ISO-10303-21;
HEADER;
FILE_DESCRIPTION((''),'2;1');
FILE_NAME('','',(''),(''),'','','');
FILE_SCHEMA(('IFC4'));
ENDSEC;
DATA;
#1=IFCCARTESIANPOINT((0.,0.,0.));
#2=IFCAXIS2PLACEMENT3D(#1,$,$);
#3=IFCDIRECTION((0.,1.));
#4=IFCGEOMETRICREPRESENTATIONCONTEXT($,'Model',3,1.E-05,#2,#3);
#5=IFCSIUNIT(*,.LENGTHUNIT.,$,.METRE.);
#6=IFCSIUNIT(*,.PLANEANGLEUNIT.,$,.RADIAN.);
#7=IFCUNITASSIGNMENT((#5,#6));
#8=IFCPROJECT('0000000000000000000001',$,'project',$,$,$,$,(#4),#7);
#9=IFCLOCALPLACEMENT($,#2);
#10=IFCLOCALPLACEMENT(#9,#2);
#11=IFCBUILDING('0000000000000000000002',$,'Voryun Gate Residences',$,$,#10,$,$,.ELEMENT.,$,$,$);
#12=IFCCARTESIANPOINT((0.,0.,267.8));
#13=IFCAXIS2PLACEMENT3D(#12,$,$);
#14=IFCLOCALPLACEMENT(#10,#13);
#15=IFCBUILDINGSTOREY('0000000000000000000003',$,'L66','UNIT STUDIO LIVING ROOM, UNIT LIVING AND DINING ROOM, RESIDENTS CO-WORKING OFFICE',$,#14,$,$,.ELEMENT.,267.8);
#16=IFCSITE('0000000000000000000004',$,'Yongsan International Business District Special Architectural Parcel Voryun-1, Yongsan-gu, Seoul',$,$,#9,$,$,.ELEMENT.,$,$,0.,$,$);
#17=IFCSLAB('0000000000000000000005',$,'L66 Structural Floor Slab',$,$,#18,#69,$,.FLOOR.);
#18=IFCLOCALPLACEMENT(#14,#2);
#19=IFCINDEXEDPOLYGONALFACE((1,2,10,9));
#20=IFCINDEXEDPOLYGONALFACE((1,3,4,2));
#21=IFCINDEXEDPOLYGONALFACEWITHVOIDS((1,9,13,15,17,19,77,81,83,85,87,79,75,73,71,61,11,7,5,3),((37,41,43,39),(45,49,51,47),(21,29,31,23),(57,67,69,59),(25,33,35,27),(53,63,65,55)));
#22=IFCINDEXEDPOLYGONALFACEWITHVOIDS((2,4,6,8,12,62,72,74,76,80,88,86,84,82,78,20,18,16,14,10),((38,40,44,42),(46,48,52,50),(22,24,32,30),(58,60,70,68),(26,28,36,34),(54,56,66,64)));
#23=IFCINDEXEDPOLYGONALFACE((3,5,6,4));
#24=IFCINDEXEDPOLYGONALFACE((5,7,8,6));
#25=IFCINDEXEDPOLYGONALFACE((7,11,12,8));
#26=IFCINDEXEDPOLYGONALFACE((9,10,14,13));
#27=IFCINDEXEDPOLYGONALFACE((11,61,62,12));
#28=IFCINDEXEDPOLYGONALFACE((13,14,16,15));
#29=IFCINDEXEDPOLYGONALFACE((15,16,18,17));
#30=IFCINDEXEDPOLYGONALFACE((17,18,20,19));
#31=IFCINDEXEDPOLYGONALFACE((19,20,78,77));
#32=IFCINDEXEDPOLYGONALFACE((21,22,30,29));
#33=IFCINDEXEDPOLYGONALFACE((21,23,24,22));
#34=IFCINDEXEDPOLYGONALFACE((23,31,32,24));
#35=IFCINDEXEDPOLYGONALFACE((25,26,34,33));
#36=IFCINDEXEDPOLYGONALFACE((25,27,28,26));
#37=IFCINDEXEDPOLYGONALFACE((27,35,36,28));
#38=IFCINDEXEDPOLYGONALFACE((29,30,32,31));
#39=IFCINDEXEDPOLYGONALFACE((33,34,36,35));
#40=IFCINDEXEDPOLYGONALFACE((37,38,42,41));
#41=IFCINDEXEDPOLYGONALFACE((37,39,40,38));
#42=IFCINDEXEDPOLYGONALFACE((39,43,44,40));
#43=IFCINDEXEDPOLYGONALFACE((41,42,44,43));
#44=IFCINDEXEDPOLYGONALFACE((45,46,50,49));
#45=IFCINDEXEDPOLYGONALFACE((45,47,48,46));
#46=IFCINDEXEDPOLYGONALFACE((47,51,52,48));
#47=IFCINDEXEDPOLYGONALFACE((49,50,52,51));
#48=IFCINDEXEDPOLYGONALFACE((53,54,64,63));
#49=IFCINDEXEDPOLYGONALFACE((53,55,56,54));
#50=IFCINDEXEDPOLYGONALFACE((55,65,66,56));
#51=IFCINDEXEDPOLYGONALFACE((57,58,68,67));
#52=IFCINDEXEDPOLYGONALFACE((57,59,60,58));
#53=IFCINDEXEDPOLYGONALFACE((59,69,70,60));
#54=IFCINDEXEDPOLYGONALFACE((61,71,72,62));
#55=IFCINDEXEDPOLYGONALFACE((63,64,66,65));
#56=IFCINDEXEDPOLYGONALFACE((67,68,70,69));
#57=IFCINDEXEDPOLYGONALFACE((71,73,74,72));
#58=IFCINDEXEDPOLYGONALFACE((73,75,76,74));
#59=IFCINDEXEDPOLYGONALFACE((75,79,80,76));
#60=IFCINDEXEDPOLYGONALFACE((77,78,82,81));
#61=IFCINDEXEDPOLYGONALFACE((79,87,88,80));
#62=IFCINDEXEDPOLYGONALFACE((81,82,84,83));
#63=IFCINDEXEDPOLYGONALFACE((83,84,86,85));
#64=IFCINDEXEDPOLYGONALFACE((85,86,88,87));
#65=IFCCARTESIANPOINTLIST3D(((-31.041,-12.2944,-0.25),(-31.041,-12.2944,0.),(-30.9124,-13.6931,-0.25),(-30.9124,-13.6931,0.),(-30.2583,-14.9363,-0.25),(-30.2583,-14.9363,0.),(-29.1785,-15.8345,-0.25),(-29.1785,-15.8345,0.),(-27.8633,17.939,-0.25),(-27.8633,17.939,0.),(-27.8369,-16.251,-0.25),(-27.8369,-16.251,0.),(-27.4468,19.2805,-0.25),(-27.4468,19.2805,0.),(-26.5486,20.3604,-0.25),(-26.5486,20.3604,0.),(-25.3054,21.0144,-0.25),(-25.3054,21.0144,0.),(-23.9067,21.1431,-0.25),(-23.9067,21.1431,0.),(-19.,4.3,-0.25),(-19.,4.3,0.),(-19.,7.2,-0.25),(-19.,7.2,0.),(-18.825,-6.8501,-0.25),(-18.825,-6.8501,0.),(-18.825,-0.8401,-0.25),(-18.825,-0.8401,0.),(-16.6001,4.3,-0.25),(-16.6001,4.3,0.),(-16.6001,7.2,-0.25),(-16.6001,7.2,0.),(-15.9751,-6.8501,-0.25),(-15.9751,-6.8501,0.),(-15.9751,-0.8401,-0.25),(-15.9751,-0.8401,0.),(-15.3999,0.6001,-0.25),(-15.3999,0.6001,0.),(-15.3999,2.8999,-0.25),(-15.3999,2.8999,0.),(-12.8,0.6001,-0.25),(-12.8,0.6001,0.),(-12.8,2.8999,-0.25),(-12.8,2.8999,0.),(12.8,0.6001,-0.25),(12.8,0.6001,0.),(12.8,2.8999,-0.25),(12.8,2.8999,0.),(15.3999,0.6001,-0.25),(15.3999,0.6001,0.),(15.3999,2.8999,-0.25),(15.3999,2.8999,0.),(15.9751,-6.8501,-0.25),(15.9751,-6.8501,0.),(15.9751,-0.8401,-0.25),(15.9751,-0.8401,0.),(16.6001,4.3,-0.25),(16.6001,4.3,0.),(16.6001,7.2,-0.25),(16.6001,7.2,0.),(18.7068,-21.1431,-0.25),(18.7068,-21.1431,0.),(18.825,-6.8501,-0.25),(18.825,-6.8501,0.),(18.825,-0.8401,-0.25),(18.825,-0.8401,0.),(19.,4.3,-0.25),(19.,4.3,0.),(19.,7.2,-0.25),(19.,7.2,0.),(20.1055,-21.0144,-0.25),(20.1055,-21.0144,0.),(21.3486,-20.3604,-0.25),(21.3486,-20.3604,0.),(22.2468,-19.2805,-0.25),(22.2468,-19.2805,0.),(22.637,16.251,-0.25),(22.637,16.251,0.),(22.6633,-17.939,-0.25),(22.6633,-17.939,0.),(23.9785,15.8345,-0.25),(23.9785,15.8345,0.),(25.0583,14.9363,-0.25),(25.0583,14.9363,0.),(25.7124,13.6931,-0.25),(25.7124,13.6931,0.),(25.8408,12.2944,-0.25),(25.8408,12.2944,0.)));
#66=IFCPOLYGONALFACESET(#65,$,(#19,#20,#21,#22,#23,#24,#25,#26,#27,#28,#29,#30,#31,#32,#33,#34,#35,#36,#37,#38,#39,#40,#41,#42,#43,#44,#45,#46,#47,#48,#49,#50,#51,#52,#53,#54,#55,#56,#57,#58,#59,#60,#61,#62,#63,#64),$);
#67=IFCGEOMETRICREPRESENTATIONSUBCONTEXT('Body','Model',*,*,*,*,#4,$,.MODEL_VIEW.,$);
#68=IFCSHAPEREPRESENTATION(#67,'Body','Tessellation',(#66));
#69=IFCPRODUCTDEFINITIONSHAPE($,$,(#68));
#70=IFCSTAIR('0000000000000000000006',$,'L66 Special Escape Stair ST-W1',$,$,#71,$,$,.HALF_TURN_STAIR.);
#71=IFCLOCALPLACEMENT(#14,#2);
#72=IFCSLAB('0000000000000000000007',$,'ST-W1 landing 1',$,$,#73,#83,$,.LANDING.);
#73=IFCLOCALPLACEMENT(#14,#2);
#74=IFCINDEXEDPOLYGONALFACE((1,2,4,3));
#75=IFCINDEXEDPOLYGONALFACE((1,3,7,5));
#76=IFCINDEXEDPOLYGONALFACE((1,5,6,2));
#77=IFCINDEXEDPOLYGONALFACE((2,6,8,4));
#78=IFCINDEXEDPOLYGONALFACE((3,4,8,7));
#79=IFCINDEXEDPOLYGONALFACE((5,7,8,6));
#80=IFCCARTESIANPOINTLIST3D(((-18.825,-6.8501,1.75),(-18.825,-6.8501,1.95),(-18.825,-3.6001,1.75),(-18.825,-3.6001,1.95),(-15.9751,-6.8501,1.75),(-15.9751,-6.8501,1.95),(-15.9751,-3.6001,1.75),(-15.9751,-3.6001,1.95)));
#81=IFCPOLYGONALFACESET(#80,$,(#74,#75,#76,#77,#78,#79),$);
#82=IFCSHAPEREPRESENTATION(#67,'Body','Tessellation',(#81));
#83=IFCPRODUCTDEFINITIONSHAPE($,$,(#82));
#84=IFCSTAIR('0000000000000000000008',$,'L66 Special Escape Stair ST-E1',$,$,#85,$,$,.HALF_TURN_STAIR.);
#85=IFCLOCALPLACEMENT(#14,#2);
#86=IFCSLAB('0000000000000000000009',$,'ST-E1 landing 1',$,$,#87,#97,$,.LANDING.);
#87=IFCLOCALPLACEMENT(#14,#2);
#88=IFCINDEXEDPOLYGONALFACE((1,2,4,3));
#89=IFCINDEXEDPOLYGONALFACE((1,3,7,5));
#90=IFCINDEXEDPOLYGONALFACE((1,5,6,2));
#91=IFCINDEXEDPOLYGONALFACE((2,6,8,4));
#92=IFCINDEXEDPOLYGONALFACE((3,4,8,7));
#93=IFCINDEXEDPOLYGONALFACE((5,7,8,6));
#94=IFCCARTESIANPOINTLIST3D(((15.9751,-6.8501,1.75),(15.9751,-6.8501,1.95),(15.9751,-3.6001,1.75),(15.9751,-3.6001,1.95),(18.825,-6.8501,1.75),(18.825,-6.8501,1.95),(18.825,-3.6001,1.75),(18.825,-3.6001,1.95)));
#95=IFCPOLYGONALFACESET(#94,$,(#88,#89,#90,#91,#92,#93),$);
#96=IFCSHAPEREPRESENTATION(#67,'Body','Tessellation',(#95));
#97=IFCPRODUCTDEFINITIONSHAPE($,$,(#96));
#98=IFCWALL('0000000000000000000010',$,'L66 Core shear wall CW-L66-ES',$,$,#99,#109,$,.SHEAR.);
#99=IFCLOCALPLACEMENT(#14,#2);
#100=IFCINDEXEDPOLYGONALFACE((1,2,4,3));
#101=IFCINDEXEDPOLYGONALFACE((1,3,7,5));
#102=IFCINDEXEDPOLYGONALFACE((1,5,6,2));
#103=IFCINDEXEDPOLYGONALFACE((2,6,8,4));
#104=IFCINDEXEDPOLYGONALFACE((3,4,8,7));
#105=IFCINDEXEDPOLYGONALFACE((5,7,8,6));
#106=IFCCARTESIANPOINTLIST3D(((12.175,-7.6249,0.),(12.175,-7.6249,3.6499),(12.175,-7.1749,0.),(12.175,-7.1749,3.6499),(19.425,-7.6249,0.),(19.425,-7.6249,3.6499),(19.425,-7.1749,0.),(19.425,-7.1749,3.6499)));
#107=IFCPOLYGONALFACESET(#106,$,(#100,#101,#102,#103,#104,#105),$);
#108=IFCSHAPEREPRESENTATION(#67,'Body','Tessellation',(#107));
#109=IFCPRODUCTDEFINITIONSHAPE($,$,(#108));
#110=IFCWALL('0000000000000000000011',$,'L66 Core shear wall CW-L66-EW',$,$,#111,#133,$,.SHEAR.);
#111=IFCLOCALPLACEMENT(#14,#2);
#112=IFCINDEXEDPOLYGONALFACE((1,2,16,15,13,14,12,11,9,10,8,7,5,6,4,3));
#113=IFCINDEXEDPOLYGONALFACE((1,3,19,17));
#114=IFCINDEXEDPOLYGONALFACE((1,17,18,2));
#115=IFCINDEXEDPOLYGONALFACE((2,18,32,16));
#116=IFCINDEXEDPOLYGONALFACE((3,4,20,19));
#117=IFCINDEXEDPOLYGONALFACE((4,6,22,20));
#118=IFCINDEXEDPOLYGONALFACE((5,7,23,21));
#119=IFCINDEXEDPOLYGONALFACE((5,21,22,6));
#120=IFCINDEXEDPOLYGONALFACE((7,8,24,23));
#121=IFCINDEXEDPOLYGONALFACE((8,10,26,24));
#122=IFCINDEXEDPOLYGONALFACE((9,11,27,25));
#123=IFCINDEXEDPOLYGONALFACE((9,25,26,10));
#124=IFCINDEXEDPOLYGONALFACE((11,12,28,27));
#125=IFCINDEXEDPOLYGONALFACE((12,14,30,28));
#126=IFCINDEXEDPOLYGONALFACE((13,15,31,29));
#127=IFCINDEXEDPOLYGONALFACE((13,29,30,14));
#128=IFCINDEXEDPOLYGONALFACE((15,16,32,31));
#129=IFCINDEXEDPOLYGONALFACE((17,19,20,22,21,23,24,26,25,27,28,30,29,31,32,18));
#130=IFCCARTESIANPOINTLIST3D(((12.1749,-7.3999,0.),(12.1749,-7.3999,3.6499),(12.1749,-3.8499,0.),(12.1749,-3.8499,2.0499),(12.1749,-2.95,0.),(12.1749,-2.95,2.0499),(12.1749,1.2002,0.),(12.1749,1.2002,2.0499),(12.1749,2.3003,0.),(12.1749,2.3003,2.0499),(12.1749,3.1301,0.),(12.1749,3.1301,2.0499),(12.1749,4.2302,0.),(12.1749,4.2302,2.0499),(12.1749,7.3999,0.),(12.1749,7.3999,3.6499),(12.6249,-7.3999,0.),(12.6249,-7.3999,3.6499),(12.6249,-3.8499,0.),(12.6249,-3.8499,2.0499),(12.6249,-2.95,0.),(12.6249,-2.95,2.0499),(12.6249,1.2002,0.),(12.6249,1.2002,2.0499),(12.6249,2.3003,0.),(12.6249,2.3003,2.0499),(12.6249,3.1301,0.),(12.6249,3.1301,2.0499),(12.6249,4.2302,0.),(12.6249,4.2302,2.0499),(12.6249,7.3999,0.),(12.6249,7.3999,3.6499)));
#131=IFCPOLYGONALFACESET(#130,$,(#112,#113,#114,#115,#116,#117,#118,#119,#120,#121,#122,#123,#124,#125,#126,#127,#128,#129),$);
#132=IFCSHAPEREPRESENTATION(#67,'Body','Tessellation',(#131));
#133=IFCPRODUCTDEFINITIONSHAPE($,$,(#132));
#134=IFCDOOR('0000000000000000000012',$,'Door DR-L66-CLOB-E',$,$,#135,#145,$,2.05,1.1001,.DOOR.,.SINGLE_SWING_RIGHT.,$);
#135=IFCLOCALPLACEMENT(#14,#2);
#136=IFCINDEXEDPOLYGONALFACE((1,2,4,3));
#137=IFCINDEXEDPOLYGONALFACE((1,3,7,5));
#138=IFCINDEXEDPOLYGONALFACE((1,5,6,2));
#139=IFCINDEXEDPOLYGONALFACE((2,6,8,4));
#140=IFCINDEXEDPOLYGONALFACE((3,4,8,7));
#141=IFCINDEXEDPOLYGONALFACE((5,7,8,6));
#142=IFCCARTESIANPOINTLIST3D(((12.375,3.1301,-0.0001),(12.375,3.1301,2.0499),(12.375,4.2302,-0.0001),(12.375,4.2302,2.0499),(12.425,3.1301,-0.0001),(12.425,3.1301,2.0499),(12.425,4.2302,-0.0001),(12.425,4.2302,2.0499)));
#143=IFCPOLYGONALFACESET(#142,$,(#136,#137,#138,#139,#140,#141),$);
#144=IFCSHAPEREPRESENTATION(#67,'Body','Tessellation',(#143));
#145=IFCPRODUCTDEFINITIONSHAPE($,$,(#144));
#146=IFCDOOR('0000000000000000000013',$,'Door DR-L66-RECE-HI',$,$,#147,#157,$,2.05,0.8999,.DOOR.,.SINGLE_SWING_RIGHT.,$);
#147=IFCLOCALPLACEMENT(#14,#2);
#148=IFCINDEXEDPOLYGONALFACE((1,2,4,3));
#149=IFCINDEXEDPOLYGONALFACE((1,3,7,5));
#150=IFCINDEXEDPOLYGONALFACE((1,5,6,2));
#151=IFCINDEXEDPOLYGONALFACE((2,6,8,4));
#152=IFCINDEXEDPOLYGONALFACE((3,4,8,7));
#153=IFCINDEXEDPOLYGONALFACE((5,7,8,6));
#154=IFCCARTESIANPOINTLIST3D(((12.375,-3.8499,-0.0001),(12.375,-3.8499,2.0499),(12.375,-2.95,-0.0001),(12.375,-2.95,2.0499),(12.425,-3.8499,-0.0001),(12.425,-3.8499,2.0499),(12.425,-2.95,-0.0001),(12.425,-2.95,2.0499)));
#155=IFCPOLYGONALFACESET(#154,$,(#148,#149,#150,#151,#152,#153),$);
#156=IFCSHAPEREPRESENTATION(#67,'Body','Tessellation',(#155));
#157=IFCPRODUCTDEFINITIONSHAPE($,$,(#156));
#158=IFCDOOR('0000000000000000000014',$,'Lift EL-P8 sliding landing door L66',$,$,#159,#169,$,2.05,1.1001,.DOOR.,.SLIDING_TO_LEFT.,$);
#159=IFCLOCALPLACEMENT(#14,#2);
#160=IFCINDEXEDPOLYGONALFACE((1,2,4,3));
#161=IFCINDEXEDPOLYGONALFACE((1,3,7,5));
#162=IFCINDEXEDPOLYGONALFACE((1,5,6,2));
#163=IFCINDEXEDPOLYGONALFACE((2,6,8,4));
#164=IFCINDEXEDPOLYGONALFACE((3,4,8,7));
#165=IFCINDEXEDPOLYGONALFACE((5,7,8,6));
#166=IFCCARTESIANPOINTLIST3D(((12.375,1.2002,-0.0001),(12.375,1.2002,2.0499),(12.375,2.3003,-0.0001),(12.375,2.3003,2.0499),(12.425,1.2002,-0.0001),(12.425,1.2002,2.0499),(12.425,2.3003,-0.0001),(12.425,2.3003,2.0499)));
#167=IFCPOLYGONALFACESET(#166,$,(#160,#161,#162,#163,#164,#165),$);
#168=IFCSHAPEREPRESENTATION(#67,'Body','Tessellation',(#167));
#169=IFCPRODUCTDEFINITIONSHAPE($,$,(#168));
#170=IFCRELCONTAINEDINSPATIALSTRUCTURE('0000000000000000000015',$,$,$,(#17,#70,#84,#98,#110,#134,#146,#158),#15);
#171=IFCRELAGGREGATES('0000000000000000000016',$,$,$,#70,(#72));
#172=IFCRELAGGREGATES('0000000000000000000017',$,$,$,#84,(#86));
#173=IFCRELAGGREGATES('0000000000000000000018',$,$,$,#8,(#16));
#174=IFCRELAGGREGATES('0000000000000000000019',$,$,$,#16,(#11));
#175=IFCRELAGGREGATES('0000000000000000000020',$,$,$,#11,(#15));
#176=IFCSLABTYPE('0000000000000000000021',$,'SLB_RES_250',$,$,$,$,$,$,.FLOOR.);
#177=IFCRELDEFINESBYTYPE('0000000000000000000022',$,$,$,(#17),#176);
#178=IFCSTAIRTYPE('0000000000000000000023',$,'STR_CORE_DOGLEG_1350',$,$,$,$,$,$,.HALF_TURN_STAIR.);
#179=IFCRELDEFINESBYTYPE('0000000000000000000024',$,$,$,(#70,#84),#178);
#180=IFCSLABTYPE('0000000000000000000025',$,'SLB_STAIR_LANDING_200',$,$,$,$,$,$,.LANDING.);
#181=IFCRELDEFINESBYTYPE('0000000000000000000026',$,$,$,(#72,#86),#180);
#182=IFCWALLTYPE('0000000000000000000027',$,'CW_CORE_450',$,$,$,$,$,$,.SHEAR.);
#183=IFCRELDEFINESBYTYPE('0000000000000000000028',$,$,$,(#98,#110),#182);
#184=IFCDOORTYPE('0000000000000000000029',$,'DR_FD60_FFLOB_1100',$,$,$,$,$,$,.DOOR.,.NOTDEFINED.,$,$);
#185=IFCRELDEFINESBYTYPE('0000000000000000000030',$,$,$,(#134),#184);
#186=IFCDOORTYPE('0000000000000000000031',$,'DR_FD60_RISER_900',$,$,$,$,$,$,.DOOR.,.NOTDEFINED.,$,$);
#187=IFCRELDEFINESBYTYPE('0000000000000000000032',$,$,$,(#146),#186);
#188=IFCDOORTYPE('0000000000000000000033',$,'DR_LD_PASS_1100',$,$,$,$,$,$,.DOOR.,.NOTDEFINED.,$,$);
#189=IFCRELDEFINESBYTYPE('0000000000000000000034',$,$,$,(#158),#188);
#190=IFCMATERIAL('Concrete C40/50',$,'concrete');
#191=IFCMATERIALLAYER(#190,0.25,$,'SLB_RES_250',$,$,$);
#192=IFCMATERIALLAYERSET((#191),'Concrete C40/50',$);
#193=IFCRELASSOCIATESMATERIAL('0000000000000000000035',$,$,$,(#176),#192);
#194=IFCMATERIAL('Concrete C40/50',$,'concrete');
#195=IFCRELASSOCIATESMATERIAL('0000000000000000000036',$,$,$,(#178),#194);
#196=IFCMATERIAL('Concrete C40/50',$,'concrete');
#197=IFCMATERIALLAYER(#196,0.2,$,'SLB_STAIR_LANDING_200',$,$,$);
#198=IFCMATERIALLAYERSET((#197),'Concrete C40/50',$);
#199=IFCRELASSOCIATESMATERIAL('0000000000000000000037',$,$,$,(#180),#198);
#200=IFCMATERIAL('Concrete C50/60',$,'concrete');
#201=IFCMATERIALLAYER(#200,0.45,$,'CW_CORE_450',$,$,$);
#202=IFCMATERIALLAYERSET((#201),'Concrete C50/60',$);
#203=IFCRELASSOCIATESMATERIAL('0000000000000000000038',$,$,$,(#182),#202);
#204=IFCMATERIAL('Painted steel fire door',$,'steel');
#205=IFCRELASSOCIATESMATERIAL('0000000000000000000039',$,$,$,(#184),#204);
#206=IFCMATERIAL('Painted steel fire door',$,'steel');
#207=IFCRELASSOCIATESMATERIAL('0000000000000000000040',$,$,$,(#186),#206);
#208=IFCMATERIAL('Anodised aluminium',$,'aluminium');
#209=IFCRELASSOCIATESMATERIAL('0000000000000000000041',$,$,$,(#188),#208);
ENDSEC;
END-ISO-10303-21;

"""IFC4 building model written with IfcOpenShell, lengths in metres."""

from ifc_helpers import new_model, si_unit, direction, frame, frame_2d, origin, place, context, subcontext, project, spatial, polyline, rectangle, outline, extrude, material, layer, layer_set, type_object, element, fill, aggregate, save


model = new_model("IFC4")

# Units and contexts
model_context = context("Model", 3, precision=1e-05, world=origin(), true_north=direction((0.0, 1.0)))
body_context = subcontext(model_context, "Body", "Model", "MODEL_VIEW")
ifc_project = project(units=[si_unit("LENGTHUNIT", "METRE"), si_unit("PLANEANGLEUNIT", "RADIAN")], contexts=[model_context])

# Site, building, storey
site_placement = place(None, origin())
site = spatial("IfcSite", under=ifc_project, at=site_placement, Name="Yongsan International Business District Special Architectural Parcel Voryun-1, Yongsan-gu, Seoul", CompositionType="ELEMENT", RefElevation=0.0)
building_placement = place(site_placement, origin())
building = spatial("IfcBuilding", under=site, at=building_placement, Name="Voryun Gate Residences", CompositionType="ELEMENT")
storey_placement = place(building_placement, frame((0.0, 0.0, 267.8)))
storey = spatial("IfcBuildingStorey", under=building, at=storey_placement, Name="L66", Description="UNIT STUDIO LIVING ROOM, UNIT LIVING AND DINING ROOM, RESIDENTS CO-WORKING OFFICE", CompositionType="ELEMENT", Elevation=267.8)

# Slab
ifc_material_1 = material(Name="Concrete C40/50", Category="concrete")
ifc_layer_1 = layer(ifc_material_1, 0.25, Name="SLB_RES_250")
ifc_layer_set_1 = layer_set([ifc_layer_1], Name="Concrete C40/50")
slab_type_1 = type_object("IfcSlabType", Name="SLB_RES_250", PredefinedType="FLOOR", material=ifc_layer_set_1)
slab_1_placement = place(storey_placement, frame((0.0, 0.0, -0.25)))
element("IfcSlab", 1, at=slab_1_placement, inside=storey, type_object=slab_type_1, Name="L66 Structural Floor Slab", PredefinedType="FLOOR", context=body_context, shape_type="SweptSolid", body=[
    extrude(outline(polyline([(-27.8369, -16.251), (-29.1785, -15.8345), (-30.2583, -14.9363), (-30.9124, -13.6931), (-31.041, -12.2944), (-27.8633, 17.939), (-27.4468, 19.2805), (-26.5486, 20.3604), (-25.3054, 21.0144), (-23.9067, 21.1431), (22.637, 16.251), (23.9785, 15.8345), (25.0583, 14.9363), (25.7124, 13.6931), (25.8408, 12.2944), (22.6633, -17.939), (22.2468, -19.2805), (21.3486, -20.3604), (20.1055, -21.0144), (18.7068, -21.1431), (-27.8369, -16.251)]), holes=[polyline([(-15.9751, -0.8401), (-18.825, -0.8401), (-18.825, -6.8501), (-15.9751, -6.8501), (-15.9751, -0.8401)]), polyline([(18.825, -6.8501), (18.825, -0.8401), (15.9751, -0.8401), (15.9751, -6.8501), (18.825, -6.8501)]), polyline([(-12.8, 2.8999), (-15.3999, 2.8999), (-15.3999, 0.6001), (-12.8, 0.6001), (-12.8, 2.8999)]), polyline([(12.8, 2.8999), (12.8, 0.6001), (15.3999, 0.6001), (15.3999, 2.8999), (12.8, 2.8999)]), polyline([(-16.6001, 7.2), (-19.0, 7.2), (-19.0, 4.3), (-16.6001, 4.3), (-16.6001, 7.2)]), polyline([(19.0, 7.2), (16.6001, 7.2), (16.6001, 4.3), (19.0, 4.3), (19.0, 7.2)])]), origin(), (0.0, 0.0, 1.0), 0.25),
])

# Stairs, slabs
ifc_material_2 = material(Name="Concrete C40/50", Category="concrete")
stair_type = type_object("IfcStairType", Name="STR_CORE_DOGLEG_1350", PredefinedType="HALF_TURN_STAIR", material=ifc_material_2)
stair_1_placement = place(storey_placement, origin())
stair_1 = element("IfcStair", 2, at=stair_1_placement, inside=storey, type_object=stair_type, Name="L66 Special Escape Stair ST-W1", PredefinedType="HALF_TURN_STAIR")
ifc_material_3 = material(Name="Concrete C40/50", Category="concrete")
ifc_layer_2 = layer(ifc_material_3, 0.2, Name="SLB_STAIR_LANDING_200")
ifc_layer_set_2 = layer_set([ifc_layer_2], Name="Concrete C40/50")
slab_type_2 = type_object("IfcSlabType", Name="SLB_STAIR_LANDING_200", PredefinedType="LANDING", material=ifc_layer_set_2)
slab_2_placement = place(storey_placement, frame((0.0, 0.0, 1.75)))
slab_2 = element("IfcSlab", 3, at=slab_2_placement, type_object=slab_type_2, Name="ST-W1 landing 1", PredefinedType="LANDING", context=body_context, shape_type="SweptSolid", body=[
    extrude(outline(polyline([(-18.825, -3.6001), (-18.825, -6.8501), (-15.9751, -6.8501), (-15.9751, -3.6001), (-18.825, -3.6001)])), origin(), (0.0, 0.0, 1.0), 0.2),
])
aggregate(stair_1, [slab_2])
stair_2_placement = place(storey_placement, origin())
stair_2 = element("IfcStair", 4, at=stair_2_placement, inside=storey, type_object=stair_type, Name="L66 Special Escape Stair ST-E1", PredefinedType="HALF_TURN_STAIR")
slab_3_placement = place(storey_placement, frame((0.0, 0.0, 1.75)))
slab_3 = element("IfcSlab", 5, at=slab_3_placement, type_object=slab_type_2, Name="ST-E1 landing 1", PredefinedType="LANDING", context=body_context, shape_type="SweptSolid", body=[
    extrude(outline(polyline([(15.9751, -3.6001), (15.9751, -6.8501), (18.825, -6.8501), (18.825, -3.6001), (15.9751, -3.6001)])), origin(), (0.0, 0.0, 1.0), 0.2),
])
aggregate(stair_2, [slab_3])

# Wall
ifc_material_4 = material(Name="Concrete C50/60", Category="concrete")
ifc_layer_3 = layer(ifc_material_4, 0.45, Name="CW_CORE_450")
ifc_layer_set_3 = layer_set([ifc_layer_3], Name="Concrete C50/60")
wall_type_1 = type_object("IfcWallType", Name="CW_CORE_450", PredefinedType="SHEAR", material=ifc_layer_set_3)
wall_1_placement = place(storey_placement, frame((12.175, -7.3999, 0.0), z_axis=(0.0, 0.0, 1.0), x_axis=(1.0, 0.0, 0.0)))
element("IfcWall", 6, at=wall_1_placement, inside=storey, type_object=wall_type_1, Name="L66 Core shear wall CW-L66-ES", PredefinedType="SHEAR", context=body_context, shape_type="SweptSolid", body=[
    extrude(rectangle(XDim=7.25, YDim=0.45, at=frame_2d((3.625, 0.0))), origin(), (0.0, 0.0, 1.0), 3.6499),
])

# Wall, openings, doors
wall_2_placement = place(storey_placement, frame((12.3999, -7.3999, 0.0), z_axis=(0.0, 0.0, 1.0), x_axis=(0.0, 1.0, 0.0)))
wall_2 = element("IfcWall", 7, at=wall_2_placement, inside=storey, type_object=wall_type_1, Name="L66 Core shear wall CW-L66-EW", PredefinedType="SHEAR", context=body_context, shape_type="SweptSolid", body=[
    extrude(rectangle(XDim=14.7998, YDim=0.45, at=frame_2d((7.3999, 0.0))), origin(), (0.0, 0.0, 1.0), 3.6499),
])
opening_1_placement = place(wall_2_placement, frame((8.6001, 0.0, 0.0)))
opening_1 = element("IfcOpeningElement", 8, at=opening_1_placement, cuts=wall_2, PredefinedType="OPENING", context=body_context, shape_type="SweptSolid", body=[
    extrude(rectangle(XDim=1.1001, YDim=2.05, at=frame_2d((0.55, 1.0249))), frame((0.0, 0.2351, 0.0), z_axis=(0.0, -1.0, 0.0), x_axis=(1.0, 0.0, 0.0)), (0.0, 0.0, 1.0), 0.47),
])
opening_2_placement = place(wall_2_placement, frame((10.53, 0.0, 0.0)))
opening_2 = element("IfcOpeningElement", 9, at=opening_2_placement, cuts=wall_2, PredefinedType="OPENING", context=body_context, shape_type="SweptSolid", body=[
    extrude(rectangle(XDim=1.1001, YDim=2.05, at=frame_2d((0.55, 1.0249))), frame((0.0, 0.2351, 0.0), z_axis=(0.0, -1.0, 0.0), x_axis=(1.0, 0.0, 0.0)), (0.0, 0.0, 1.0), 0.47),
])
opening_3_placement = place(wall_2_placement, frame((3.55, 0.0, 0.0)))
opening_3 = element("IfcOpeningElement", 10, at=opening_3_placement, cuts=wall_2, PredefinedType="OPENING", context=body_context, shape_type="SweptSolid", body=[
    extrude(rectangle(XDim=0.8999, YDim=2.05, at=frame_2d((0.45, 1.0249))), frame((0.0, 0.2351, 0.0), z_axis=(0.0, -1.0, 0.0), x_axis=(1.0, 0.0, 0.0)), (0.0, 0.0, 1.0), 0.47),
])
ifc_material_5 = material(Name="Painted steel fire door", Category="steel")
door_type_1 = type_object("IfcDoorType", Name="DR_FD60_FFLOB_1100", OperationType="NOTDEFINED", PredefinedType="DOOR", material=ifc_material_5)
door_1_placement = place(opening_2_placement, origin())
door_1 = element("IfcDoor", 11, at=door_1_placement, inside=storey, type_object=door_type_1, Name="Door DR-L66-CLOB-E", OperationType="SINGLE_SWING_RIGHT", OverallHeight=2.05, OverallWidth=1.1001, PredefinedType="DOOR", context=body_context, shape_type="SweptSolid", body=[
    extrude(rectangle(XDim=1.1001, YDim=2.05, at=frame_2d((0.55, 1.0249))), frame((0.0, 0.0249, 0.0), z_axis=(0.0, -1.0, 0.0), x_axis=(1.0, 0.0, 0.0)), (0.0, 0.0, 1.0), 0.05),
])
fill(opening_2, door_1)
ifc_material_6 = material(Name="Painted steel fire door", Category="steel")
door_type_2 = type_object("IfcDoorType", Name="DR_FD60_RISER_900", OperationType="NOTDEFINED", PredefinedType="DOOR", material=ifc_material_6)
door_2_placement = place(opening_3_placement, origin())
door_2 = element("IfcDoor", 12, at=door_2_placement, inside=storey, type_object=door_type_2, Name="Door DR-L66-RECE-HI", OperationType="SINGLE_SWING_RIGHT", OverallHeight=2.05, OverallWidth=0.8999, PredefinedType="DOOR", context=body_context, shape_type="SweptSolid", body=[
    extrude(rectangle(XDim=0.8999, YDim=2.05, at=frame_2d((0.45, 1.0249))), frame((0.0, 0.0249, 0.0), z_axis=(0.0, -1.0, 0.0), x_axis=(1.0, 0.0, 0.0)), (0.0, 0.0, 1.0), 0.05),
])
fill(opening_3, door_2)
ifc_material_7 = material(Name="Anodised aluminium", Category="aluminium")
door_type_3 = type_object("IfcDoorType", Name="DR_LD_PASS_1100", OperationType="NOTDEFINED", PredefinedType="DOOR", material=ifc_material_7)
door_3_placement = place(opening_1_placement, origin())
door_3 = element("IfcDoor", 13, at=door_3_placement, inside=storey, type_object=door_type_3, Name="Lift EL-P8 sliding landing door L66", OperationType="SLIDING_TO_LEFT", OverallHeight=2.05, OverallWidth=1.1001, PredefinedType="DOOR", context=body_context, shape_type="SweptSolid", body=[
    extrude(rectangle(XDim=1.1001, YDim=2.05, at=frame_2d((0.55, 1.0249))), frame((0.0, 0.0249, 0.0), z_axis=(0.0, -1.0, 0.0), x_axis=(1.0, 0.0, 0.0)), (0.0, 0.0, 1.0), 0.05),
])
fill(opening_1, door_3)

save(model, "model.ifc")
